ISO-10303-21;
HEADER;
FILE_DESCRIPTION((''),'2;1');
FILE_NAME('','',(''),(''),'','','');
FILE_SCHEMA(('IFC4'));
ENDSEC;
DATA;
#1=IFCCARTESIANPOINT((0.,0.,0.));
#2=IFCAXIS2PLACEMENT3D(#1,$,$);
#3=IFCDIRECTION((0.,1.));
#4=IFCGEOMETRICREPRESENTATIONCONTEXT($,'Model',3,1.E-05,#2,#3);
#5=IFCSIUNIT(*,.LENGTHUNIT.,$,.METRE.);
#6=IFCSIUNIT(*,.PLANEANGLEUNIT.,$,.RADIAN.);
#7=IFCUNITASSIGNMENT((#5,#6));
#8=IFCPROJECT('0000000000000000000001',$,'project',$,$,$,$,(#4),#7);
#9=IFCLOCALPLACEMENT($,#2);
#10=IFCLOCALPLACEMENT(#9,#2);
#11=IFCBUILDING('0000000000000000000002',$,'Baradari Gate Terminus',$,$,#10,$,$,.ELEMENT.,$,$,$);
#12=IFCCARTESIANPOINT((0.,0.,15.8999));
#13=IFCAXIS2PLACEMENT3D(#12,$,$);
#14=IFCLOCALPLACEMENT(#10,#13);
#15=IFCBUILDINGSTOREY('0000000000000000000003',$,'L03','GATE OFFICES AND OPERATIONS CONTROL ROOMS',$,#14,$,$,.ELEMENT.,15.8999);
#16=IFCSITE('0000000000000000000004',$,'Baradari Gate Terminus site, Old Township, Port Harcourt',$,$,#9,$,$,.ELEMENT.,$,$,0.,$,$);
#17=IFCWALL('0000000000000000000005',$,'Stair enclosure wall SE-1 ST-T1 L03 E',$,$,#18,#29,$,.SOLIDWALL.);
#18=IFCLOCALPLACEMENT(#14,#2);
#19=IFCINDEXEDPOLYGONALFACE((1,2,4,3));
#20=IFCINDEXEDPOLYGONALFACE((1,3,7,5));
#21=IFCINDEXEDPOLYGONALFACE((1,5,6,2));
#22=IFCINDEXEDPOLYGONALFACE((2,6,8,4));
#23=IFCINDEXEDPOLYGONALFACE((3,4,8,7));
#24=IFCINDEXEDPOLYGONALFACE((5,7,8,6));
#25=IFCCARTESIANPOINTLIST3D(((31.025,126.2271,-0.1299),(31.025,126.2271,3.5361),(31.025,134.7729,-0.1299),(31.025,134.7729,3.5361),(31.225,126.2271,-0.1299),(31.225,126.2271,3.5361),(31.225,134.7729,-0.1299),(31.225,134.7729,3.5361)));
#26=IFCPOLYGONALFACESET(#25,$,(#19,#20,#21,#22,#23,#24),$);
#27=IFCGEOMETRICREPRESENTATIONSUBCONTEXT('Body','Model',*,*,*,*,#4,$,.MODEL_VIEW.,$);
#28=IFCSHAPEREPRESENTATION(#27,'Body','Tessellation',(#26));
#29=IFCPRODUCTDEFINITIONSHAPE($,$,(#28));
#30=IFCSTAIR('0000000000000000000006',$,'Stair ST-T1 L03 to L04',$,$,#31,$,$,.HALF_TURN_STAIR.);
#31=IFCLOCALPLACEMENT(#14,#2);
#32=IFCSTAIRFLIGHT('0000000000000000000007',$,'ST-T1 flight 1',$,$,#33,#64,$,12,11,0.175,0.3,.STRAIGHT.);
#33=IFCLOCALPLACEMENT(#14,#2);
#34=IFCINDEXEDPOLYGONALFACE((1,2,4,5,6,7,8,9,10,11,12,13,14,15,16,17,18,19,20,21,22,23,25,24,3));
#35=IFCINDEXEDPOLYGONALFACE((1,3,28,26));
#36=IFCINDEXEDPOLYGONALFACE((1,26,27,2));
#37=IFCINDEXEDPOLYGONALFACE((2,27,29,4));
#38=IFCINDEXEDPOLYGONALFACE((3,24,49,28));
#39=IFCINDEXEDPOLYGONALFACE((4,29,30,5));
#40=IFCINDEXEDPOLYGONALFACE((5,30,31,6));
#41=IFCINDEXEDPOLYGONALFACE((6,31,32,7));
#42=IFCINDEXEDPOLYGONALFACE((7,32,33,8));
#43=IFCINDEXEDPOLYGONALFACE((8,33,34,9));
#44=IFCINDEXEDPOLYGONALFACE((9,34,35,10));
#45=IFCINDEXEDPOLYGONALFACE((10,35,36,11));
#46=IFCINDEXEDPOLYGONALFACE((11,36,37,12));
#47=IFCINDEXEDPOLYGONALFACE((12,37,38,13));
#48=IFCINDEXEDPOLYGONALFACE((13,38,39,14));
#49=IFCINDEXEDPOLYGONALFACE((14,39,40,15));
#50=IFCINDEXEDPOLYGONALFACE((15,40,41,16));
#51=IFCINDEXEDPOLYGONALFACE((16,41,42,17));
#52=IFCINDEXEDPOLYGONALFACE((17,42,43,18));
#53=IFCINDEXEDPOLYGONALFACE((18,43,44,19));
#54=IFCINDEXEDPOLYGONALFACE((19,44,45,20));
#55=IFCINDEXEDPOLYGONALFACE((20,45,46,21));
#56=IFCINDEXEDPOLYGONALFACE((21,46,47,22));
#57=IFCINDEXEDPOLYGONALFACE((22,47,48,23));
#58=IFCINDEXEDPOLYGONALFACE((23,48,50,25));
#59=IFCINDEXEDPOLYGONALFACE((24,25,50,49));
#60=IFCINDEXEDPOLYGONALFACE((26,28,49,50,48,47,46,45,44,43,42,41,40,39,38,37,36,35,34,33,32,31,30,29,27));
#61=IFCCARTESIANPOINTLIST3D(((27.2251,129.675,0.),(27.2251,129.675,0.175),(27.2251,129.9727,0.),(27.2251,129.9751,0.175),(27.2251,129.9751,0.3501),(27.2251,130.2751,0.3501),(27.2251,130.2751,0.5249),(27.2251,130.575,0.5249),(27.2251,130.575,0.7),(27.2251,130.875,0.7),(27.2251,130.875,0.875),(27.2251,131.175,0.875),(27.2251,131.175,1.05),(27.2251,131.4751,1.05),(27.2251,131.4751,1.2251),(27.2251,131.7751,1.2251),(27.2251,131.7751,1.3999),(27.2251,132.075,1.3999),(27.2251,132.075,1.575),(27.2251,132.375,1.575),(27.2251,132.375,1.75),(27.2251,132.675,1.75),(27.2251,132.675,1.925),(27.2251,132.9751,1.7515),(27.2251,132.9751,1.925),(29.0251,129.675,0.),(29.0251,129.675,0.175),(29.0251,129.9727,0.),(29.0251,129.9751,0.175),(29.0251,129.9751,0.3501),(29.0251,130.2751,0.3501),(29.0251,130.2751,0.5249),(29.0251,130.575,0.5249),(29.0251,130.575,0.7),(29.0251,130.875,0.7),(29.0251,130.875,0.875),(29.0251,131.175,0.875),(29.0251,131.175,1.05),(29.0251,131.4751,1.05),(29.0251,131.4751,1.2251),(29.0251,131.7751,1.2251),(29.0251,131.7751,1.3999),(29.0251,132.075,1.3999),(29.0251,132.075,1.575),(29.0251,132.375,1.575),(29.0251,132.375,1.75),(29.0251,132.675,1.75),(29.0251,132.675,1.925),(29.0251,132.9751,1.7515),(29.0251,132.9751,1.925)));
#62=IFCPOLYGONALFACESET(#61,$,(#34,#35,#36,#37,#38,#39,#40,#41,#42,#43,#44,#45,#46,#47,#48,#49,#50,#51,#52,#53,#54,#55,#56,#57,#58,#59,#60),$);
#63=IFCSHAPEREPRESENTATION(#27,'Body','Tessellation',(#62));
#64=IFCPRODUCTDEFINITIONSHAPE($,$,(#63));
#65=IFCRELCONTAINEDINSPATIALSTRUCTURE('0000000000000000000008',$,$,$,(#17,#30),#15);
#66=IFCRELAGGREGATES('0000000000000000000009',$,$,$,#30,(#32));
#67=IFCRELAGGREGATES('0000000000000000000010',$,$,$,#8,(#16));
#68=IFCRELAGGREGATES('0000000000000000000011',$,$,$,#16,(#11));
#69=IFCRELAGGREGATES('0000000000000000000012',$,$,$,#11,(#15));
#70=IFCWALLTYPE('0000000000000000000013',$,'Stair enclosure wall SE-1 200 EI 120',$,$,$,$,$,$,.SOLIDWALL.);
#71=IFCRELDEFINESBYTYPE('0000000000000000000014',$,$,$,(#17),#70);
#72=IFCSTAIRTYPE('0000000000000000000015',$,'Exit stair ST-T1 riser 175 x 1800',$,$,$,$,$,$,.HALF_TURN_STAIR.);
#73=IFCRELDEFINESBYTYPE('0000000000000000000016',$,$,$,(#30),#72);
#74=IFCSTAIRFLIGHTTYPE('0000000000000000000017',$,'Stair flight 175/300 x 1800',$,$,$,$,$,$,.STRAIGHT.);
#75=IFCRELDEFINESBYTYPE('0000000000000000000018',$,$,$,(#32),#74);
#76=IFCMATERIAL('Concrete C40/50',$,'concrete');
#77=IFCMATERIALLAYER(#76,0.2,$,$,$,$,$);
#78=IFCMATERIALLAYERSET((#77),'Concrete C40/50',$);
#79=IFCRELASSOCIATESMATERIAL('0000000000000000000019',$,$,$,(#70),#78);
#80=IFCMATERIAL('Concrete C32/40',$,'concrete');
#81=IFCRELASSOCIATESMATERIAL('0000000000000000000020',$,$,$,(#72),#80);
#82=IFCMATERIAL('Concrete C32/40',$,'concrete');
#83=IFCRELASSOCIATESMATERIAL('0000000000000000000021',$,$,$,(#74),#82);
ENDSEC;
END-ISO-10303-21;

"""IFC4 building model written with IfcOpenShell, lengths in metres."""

from ifc_helpers import new_model, si_unit, direction, frame, frame_2d, origin, place, context, subcontext, project, spatial, polyline, rectangle, outline, extrude, material, layer, layer_set, type_object, element, aggregate, save


model = new_model("IFC4")

# Units and contexts
model_context = context("Model", 3, precision=1e-05, world=origin(), true_north=direction((0.0, 1.0)))
body_context = subcontext(model_context, "Body", "Model", "MODEL_VIEW")
ifc_project = project(units=[si_unit("LENGTHUNIT", "METRE"), si_unit("PLANEANGLEUNIT", "RADIAN")], contexts=[model_context])

# Site, building, storey
site_placement = place(None, origin())
site = spatial("IfcSite", under=ifc_project, at=site_placement, Name="Baradari Gate Terminus site, Old Township, Port Harcourt", CompositionType="ELEMENT", RefElevation=0.0)
building_placement = place(site_placement, origin())
building = spatial("IfcBuilding", under=site, at=building_placement, Name="Baradari Gate Terminus", CompositionType="ELEMENT")
storey_placement = place(building_placement, frame((0.0, 0.0, 15.8999)))
storey = spatial("IfcBuildingStorey", under=building, at=storey_placement, Name="L03", Description="GATE OFFICES AND OPERATIONS CONTROL ROOMS", CompositionType="ELEMENT", Elevation=15.8999)

# Wall
ifc_material_1 = material(Name="Concrete C40/50", Category="concrete")
ifc_layer_1 = layer(ifc_material_1, 0.2)
ifc_layer_set_1 = layer_set([ifc_layer_1], Name="Concrete C40/50")
wall_type_1 = type_object("IfcWallType", Name="Stair enclosure wall SE-1 200 EI 120", PredefinedType="SOLIDWALL", material=ifc_layer_set_1)
wall_1_placement = place(storey_placement, frame((31.125, 126.2271, -0.1299), z_axis=(0.0, 0.0, 1.0), x_axis=(0.0, 1.0, 0.0)))
element("IfcWall", 1, at=wall_1_placement, inside=storey, type_object=wall_type_1, Name="Stair enclosure wall SE-1 ST-T1 L03 E", PredefinedType="SOLIDWALL", context=body_context, shape_type="SweptSolid", body=[
    extrude(rectangle(XDim=8.5459, YDim=0.2, at=frame_2d((4.2729, 0.0))), origin(), (0.0, 0.0, 1.0), 3.666),
])

# Stair, stair flight
ifc_material_2 = material(Name="Concrete C32/40", Category="concrete")
stair_type = type_object("IfcStairType", Name="Exit stair ST-T1 riser 175 x 1800", PredefinedType="HALF_TURN_STAIR", material=ifc_material_2)
stair_placement = place(storey_placement, origin())
stair = element("IfcStair", 2, at=stair_placement, inside=storey, type_object=stair_type, Name="Stair ST-T1 L03 to L04", PredefinedType="HALF_TURN_STAIR")
ifc_material_3 = material(Name="Concrete C32/40", Category="concrete")
stair_flight_type = type_object("IfcStairFlightType", Name="Stair flight 175/300 x 1800", PredefinedType="STRAIGHT", material=ifc_material_3)
stair_flight_placement = place(storey_placement, frame((28.125, 129.675, 0.0), z_axis=(0.0, 0.0, 1.0), x_axis=(0.0, 1.0, 0.0)))
stair_flight = element("IfcStairFlight", 3, at=stair_flight_placement, type_object=stair_flight_type, Name="ST-T1 flight 1", NumberOfRisers=12, NumberOfTreads=11, PredefinedType="STRAIGHT", RiserHeight=0.175, TreadLength=0.3, context=body_context, shape_type="SweptSolid", body=[
    extrude(outline(polyline([(0.0, 0.0), (0.0, 0.175), (0.3, 0.175), (0.3, 0.3501), (0.6001, 0.3501), (0.6001, 0.5249), (0.8999, 0.5249), (0.8999, 0.7), (1.2, 0.7), (1.2, 0.875), (1.5, 0.875), (1.5, 1.05), (1.8, 1.05), (1.8, 1.2251), (2.1001, 1.2251), (2.1001, 1.3999), (2.3999, 1.3999), (2.3999, 1.575), (2.7, 1.575), (2.7, 1.75), (3.0, 1.75), (3.0, 1.925), (3.3, 1.925), (3.3, 2.1001), (3.3, 1.7515), (0.2976, 0.0), (0.0, 0.0)])), frame((0.0, 0.8999, 0.0), z_axis=(0.0, -1.0, 0.0), x_axis=(1.0, 0.0, 0.0)), (0.0, 0.0, 1.0), 1.8),
])
aggregate(stair, [stair_flight])

save(model, "model.ifc")
